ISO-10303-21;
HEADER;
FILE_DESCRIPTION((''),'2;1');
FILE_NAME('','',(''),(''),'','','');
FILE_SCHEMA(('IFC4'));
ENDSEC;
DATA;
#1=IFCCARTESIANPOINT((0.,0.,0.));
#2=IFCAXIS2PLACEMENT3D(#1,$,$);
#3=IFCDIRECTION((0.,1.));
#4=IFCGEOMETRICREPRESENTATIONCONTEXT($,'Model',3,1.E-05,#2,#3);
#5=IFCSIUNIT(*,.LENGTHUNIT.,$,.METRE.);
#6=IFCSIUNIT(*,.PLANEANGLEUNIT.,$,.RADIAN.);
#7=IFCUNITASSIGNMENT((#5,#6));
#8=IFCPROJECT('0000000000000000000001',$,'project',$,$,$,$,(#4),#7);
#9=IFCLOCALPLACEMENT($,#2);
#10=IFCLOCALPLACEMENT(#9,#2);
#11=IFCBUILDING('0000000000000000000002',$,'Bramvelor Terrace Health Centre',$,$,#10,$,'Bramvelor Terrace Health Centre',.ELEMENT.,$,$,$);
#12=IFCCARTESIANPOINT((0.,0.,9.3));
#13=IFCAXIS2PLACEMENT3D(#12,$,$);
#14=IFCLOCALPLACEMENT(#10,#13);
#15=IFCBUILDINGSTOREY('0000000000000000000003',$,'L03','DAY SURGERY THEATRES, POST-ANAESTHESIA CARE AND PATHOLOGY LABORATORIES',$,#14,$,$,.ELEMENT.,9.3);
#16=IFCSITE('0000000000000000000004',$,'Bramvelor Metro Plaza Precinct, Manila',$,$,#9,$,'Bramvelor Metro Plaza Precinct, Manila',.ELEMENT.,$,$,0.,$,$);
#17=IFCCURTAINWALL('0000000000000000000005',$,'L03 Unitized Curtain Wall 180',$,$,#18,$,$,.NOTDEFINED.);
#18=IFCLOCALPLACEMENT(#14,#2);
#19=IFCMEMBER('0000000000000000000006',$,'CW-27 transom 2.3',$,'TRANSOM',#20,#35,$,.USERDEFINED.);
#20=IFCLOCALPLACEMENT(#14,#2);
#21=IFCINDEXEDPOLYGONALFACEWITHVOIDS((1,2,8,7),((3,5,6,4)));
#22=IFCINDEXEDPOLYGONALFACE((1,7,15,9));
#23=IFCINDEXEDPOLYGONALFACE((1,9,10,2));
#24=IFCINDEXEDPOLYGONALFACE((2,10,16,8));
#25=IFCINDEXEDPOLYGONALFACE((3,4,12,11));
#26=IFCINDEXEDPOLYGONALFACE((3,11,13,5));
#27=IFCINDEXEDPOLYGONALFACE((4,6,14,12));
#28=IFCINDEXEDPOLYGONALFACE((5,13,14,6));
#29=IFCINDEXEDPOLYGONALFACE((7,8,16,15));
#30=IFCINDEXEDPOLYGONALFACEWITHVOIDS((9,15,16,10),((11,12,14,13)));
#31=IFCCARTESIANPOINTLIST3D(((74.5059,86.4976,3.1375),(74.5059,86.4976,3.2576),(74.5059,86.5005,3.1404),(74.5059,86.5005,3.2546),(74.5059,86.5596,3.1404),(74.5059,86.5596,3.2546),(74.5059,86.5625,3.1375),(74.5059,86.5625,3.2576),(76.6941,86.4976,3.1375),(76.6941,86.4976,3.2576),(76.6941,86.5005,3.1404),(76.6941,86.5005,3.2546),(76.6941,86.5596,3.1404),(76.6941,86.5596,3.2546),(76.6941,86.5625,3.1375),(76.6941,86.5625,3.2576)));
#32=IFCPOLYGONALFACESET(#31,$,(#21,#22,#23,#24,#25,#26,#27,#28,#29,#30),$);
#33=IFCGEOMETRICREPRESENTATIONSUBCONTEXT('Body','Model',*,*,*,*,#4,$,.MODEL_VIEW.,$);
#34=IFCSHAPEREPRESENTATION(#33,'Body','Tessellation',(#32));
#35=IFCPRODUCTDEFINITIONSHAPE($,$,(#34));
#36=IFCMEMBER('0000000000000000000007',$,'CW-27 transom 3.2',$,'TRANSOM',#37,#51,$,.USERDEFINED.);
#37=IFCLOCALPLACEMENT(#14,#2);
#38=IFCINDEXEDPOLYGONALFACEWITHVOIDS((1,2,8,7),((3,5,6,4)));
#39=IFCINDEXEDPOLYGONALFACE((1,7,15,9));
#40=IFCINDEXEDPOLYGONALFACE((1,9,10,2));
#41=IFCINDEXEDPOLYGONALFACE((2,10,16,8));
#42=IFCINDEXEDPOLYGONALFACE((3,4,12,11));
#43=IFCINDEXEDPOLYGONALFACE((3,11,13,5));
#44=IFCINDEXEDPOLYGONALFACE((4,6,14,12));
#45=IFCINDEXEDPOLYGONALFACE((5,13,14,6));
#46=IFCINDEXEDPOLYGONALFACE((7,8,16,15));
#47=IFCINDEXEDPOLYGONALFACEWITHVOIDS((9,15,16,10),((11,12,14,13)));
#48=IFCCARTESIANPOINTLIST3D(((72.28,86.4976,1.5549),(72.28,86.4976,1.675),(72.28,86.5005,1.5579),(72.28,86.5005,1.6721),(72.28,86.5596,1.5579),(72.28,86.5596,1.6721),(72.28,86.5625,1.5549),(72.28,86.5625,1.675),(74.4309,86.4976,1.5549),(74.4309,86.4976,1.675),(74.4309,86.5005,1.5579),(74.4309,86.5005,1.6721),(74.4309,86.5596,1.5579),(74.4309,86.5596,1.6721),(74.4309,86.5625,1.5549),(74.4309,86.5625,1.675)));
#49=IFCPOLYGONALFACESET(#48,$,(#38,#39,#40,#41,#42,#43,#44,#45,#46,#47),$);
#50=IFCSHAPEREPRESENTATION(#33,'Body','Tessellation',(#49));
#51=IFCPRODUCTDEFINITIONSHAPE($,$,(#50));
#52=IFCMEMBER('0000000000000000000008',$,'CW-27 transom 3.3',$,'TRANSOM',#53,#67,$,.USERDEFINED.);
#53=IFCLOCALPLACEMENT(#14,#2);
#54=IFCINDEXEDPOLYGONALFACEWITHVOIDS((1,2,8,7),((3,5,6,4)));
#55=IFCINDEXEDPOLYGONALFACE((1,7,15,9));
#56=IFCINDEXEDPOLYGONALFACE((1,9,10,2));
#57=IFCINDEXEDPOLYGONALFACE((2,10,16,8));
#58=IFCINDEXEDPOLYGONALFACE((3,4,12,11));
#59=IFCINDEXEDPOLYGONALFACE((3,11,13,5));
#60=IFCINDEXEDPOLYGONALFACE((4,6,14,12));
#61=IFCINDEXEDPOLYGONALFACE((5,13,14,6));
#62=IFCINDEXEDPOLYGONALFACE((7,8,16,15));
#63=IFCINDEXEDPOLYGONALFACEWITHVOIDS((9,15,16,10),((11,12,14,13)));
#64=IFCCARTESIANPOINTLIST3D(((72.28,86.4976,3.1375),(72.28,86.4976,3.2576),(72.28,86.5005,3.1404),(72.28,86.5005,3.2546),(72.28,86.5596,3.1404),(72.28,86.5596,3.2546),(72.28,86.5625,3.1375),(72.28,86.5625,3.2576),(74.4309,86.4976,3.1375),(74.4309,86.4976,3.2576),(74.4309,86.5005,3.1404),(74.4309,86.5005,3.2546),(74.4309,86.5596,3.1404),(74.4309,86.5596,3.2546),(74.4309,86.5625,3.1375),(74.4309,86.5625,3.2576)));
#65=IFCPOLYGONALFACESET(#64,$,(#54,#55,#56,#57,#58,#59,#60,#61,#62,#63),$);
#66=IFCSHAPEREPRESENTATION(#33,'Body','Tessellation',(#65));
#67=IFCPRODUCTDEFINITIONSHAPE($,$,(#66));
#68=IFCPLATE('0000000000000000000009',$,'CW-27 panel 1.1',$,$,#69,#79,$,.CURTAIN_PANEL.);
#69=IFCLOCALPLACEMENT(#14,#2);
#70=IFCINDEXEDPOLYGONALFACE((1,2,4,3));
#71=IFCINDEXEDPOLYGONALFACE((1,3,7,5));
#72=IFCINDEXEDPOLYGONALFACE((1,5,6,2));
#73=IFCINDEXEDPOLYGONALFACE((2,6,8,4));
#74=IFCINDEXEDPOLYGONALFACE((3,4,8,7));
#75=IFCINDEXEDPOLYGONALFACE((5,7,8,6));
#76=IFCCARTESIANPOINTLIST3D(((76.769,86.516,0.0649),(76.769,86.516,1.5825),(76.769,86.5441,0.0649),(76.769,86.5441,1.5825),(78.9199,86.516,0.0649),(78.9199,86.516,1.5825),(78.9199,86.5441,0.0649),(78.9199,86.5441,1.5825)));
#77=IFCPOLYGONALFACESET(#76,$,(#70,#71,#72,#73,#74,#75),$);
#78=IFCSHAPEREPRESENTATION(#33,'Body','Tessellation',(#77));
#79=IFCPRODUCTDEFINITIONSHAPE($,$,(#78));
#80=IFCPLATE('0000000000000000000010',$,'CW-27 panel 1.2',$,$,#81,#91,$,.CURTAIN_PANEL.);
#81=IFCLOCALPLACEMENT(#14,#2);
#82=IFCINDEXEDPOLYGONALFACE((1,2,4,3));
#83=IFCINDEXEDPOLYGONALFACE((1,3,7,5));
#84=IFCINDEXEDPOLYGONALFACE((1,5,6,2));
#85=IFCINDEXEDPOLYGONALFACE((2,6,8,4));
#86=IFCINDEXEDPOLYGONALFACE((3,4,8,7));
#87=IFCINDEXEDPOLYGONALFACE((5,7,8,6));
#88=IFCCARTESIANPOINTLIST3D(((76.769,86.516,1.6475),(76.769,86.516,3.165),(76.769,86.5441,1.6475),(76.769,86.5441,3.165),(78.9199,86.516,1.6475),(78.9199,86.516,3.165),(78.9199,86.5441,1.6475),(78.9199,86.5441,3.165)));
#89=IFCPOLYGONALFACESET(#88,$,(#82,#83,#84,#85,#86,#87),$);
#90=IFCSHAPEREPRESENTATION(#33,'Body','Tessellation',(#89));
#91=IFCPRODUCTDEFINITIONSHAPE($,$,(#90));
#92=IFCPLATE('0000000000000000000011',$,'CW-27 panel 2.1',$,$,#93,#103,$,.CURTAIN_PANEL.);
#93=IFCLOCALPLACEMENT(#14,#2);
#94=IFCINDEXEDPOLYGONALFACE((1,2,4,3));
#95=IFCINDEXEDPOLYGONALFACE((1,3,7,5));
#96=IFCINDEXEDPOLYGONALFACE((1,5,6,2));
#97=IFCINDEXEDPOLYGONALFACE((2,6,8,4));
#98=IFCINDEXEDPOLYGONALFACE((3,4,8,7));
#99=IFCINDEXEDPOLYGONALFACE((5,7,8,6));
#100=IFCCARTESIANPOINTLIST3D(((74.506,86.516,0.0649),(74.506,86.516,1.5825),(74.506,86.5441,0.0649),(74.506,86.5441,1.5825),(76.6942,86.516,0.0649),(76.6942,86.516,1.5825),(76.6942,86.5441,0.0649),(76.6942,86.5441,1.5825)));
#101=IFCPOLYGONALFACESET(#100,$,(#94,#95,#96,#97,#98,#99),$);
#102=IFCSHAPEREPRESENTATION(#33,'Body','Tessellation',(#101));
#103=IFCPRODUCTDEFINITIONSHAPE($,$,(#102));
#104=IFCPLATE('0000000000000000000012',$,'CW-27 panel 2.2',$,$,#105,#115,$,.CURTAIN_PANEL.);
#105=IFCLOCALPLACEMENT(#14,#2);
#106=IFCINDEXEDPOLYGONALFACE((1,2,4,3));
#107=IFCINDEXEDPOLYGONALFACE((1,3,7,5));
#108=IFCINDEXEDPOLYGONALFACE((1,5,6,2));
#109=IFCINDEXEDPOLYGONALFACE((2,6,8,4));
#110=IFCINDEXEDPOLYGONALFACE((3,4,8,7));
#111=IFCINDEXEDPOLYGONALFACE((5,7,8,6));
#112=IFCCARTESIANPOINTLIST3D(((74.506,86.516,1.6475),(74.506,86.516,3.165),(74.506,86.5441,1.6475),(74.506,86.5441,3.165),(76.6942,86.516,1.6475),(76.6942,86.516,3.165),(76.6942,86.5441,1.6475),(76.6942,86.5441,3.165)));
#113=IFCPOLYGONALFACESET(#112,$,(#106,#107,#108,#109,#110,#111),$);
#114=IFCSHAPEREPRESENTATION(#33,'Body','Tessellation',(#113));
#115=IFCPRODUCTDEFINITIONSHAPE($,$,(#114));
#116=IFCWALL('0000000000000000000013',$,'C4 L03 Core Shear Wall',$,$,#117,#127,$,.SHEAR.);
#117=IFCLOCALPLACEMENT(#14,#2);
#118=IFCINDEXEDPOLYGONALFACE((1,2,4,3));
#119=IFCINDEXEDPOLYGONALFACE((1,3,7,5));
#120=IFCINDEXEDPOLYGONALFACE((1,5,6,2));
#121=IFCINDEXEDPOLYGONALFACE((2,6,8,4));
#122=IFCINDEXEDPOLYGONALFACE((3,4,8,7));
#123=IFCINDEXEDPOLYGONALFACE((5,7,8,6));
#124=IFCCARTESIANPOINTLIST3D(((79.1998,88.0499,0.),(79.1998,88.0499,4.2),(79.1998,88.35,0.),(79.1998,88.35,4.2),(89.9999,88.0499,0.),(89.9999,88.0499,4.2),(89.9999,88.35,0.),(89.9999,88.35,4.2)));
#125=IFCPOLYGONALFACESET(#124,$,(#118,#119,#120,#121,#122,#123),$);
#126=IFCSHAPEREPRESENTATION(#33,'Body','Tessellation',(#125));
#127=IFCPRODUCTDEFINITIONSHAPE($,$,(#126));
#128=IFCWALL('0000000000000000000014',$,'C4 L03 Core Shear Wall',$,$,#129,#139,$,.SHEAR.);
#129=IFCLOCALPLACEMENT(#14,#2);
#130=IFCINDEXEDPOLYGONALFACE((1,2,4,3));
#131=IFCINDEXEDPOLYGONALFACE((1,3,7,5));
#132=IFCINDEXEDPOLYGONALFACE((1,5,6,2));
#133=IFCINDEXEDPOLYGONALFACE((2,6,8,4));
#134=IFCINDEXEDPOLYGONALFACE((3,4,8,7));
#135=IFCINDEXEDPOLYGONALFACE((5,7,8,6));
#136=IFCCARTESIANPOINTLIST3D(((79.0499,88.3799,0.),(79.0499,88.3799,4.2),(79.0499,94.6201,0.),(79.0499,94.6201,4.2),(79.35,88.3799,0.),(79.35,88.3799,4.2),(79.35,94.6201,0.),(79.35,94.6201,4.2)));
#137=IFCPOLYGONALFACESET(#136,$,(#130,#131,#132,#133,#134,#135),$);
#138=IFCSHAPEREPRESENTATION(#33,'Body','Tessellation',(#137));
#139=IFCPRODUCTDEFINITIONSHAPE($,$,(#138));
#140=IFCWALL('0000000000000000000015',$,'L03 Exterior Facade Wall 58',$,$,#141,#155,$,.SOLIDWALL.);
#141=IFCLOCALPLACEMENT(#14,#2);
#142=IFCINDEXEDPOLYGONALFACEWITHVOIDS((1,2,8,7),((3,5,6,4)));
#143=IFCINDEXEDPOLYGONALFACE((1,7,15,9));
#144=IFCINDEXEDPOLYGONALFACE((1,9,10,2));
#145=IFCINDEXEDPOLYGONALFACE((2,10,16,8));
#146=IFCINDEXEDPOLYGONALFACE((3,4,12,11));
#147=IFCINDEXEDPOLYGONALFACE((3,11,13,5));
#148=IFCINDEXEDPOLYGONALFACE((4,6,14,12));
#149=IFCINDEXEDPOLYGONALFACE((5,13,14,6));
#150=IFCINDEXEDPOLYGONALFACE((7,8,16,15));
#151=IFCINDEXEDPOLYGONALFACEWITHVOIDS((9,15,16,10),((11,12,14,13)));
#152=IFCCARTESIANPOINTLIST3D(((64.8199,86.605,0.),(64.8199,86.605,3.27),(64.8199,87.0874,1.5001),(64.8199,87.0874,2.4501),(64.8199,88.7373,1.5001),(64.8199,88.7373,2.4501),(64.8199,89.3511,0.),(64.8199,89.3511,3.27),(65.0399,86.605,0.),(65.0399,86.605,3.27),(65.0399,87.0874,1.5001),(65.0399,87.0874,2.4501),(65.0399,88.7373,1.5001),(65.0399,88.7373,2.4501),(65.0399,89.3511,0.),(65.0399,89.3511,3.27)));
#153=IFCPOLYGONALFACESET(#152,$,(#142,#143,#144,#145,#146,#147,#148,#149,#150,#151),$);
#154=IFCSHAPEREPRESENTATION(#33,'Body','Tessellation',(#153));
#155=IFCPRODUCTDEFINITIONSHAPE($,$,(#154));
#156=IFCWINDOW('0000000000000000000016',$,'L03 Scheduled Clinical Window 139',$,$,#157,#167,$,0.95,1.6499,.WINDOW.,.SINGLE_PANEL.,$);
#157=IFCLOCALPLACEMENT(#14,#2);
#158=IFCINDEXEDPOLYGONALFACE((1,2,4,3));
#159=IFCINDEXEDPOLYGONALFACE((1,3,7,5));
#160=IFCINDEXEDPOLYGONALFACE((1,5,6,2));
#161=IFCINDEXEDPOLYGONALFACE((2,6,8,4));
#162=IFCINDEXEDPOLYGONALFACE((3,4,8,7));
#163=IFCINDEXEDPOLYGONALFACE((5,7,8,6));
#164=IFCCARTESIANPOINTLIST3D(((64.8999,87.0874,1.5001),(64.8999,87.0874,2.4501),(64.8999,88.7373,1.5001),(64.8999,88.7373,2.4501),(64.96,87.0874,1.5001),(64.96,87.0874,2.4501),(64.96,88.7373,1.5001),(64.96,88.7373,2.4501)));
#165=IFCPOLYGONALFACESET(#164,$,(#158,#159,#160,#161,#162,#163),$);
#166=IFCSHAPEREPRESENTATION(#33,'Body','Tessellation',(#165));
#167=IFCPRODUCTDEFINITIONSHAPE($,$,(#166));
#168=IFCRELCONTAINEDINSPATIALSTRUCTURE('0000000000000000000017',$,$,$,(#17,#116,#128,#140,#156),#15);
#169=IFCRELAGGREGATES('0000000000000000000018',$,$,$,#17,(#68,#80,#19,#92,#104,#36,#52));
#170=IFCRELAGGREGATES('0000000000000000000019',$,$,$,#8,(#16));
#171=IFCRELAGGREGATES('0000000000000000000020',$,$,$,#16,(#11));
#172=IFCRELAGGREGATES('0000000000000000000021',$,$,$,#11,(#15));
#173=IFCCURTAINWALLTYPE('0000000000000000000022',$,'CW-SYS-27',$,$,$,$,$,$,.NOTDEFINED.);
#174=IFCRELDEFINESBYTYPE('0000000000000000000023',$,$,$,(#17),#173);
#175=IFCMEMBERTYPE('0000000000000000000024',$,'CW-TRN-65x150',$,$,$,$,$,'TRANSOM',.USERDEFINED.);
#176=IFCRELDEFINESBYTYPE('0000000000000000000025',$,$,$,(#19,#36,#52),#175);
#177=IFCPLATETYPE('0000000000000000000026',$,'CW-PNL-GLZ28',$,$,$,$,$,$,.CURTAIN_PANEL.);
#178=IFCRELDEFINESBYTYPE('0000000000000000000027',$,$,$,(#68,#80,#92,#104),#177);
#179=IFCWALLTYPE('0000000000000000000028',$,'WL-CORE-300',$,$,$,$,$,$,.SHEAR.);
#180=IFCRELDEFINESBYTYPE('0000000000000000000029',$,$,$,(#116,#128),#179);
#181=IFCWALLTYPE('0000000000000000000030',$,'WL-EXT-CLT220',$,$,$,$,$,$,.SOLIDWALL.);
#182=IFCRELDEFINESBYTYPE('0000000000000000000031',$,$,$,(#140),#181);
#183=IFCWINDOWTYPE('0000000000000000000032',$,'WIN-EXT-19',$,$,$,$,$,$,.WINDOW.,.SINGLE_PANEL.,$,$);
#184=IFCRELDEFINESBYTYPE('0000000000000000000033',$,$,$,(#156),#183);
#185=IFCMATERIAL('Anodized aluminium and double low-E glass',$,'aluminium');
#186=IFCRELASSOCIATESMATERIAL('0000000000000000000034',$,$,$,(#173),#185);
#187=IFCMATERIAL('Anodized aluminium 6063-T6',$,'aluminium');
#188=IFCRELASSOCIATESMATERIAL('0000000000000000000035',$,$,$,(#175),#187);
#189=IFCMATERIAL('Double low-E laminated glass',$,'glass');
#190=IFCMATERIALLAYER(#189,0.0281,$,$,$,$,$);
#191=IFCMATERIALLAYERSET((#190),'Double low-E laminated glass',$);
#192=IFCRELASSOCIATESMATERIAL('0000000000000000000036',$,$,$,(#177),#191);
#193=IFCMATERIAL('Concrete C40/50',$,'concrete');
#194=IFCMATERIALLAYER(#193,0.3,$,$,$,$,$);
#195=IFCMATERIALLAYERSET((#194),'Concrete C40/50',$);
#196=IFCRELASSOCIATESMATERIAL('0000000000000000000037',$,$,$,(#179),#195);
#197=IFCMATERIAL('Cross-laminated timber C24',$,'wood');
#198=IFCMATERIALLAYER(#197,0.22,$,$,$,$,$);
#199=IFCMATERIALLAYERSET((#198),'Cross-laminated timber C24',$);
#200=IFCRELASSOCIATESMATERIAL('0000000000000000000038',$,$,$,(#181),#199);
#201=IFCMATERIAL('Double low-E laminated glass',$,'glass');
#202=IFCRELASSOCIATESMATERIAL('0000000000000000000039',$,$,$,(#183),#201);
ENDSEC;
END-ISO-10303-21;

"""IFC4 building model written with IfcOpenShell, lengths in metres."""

from ifc_helpers import new_model, si_unit, direction, frame, frame_2d, origin, origin_2d, place, context, subcontext, project, spatial, rectangle, hollow_rectangle, extrude, material, layer, layer_set, material_profile, profile_set, type_object, element, fill, aggregate, save


model = new_model("IFC4")

# Units and contexts
model_context = context("Model", 3, precision=1e-05, world=origin(), true_north=direction((0.0, 1.0)))
body_context = subcontext(model_context, "Body", "Model", "MODEL_VIEW")
ifc_project = project(units=[si_unit("LENGTHUNIT", "METRE"), si_unit("PLANEANGLEUNIT", "RADIAN")], contexts=[model_context])

# Site, building, storey
site_placement = place(None, origin())
site = spatial("IfcSite", under=ifc_project, at=site_placement, Name="Bramvelor Metro Plaza Precinct, Manila", LongName="Bramvelor Metro Plaza Precinct, Manila", CompositionType="ELEMENT", RefElevation=0.0)
building_placement = place(site_placement, origin())
building = spatial("IfcBuilding", under=site, at=building_placement, Name="Bramvelor Terrace Health Centre", LongName="Bramvelor Terrace Health Centre", CompositionType="ELEMENT")
storey_placement = place(building_placement, frame((0.0, 0.0, 9.3)))
storey = spatial("IfcBuildingStorey", under=building, at=storey_placement, Name="L03", Description="DAY SURGERY THEATRES, POST-ANAESTHESIA CARE AND PATHOLOGY LABORATORIES", CompositionType="ELEMENT", Elevation=9.3)

# Curtain wall, members, plates
ifc_material_1 = material(Name="Anodized aluminium and double low-E glass", Category="aluminium")
curtain_wall_type = type_object("IfcCurtainWallType", Name="CW-SYS-27", PredefinedType="NOTDEFINED", material=ifc_material_1)
curtain_wall_placement = place(storey_placement, origin())
curtain_wall = element("IfcCurtainWall", 1, at=curtain_wall_placement, inside=storey, type_object=curtain_wall_type, Name="L03 Unitized Curtain Wall 180", PredefinedType="NOTDEFINED")
ifc_material_2 = material(Name="Anodized aluminium 6063-T6", Category="aluminium")
ifc_material_profile_1 = material_profile(ifc_material_2, hollow_rectangle(XDim=0.0649, YDim=0.1201, WallThickness=0.0029, at=origin_2d()), Name="ALU-TRN 65x120x3.0")
ifc_profile_set_1 = profile_set([ifc_material_profile_1], Name="Anodized aluminium 6063-T6")
member_type_1 = type_object("IfcMemberType", Name="CW-TRN-65x150", ElementType="TRANSOM", PredefinedType="USERDEFINED", material=ifc_profile_set_1)
member_1_placement = place(storey_placement, frame((76.6941, 86.53, 3.1975), z_axis=(-1.0, 0.0, 0.0), x_axis=(0.0, -1.0, 0.0)))
member_1 = element("IfcMember", 2, at=member_1_placement, type_object=member_type_1, Name="CW-27 transom 2.3", ObjectType="TRANSOM", PredefinedType="USERDEFINED", context=body_context, shape_type="SweptSolid", body=[
    extrude(hollow_rectangle(XDim=0.0649, YDim=0.1201, WallThickness=0.0029, at=origin_2d()), origin(), (0.0, 0.0, 1.0), 2.1882),
])
member_2_placement = place(storey_placement, frame((74.4309, 86.53, 1.615), z_axis=(-1.0, 0.0, 0.0), x_axis=(0.0, -1.0, 0.0)))
member_2 = element("IfcMember", 3, at=member_2_placement, type_object=member_type_1, Name="CW-27 transom 3.2", ObjectType="TRANSOM", PredefinedType="USERDEFINED", context=body_context, shape_type="SweptSolid", body=[
    extrude(hollow_rectangle(XDim=0.0649, YDim=0.1201, WallThickness=0.0029, at=origin_2d()), origin(), (0.0, 0.0, 1.0), 2.1509),
])
member_3_placement = place(storey_placement, frame((74.4309, 86.53, 3.1975), z_axis=(-1.0, 0.0, 0.0), x_axis=(0.0, -1.0, 0.0)))
member_3 = element("IfcMember", 4, at=member_3_placement, type_object=member_type_1, Name="CW-27 transom 3.3", ObjectType="TRANSOM", PredefinedType="USERDEFINED", context=body_context, shape_type="SweptSolid", body=[
    extrude(hollow_rectangle(XDim=0.0649, YDim=0.1201, WallThickness=0.0029, at=origin_2d()), origin(), (0.0, 0.0, 1.0), 2.1509),
])
ifc_material_3 = material(Name="Double low-E laminated glass", Category="glass")
ifc_layer_1 = layer(ifc_material_3, 0.0281)
ifc_layer_set_1 = layer_set([ifc_layer_1], Name="Double low-E laminated glass")
plate_type = type_object("IfcPlateType", Name="CW-PNL-GLZ28", PredefinedType="CURTAIN_PANEL", material=ifc_layer_set_1)
plate_1_placement = place(storey_placement, frame((77.8445, 86.53, 0.0649), z_axis=(0.0, 0.0, 1.0), x_axis=(-1.0, 0.0, 0.0)))
plate_1 = element("IfcPlate", 5, at=plate_1_placement, type_object=plate_type, Name="CW-27 panel 1.1", PredefinedType="CURTAIN_PANEL", context=body_context, shape_type="SweptSolid", body=[
    extrude(rectangle(XDim=2.1509, YDim=0.0281, at=origin_2d()), origin(), (0.0, 0.0, 1.0), 1.5176),
])
plate_2_placement = place(storey_placement, frame((77.8445, 86.53, 1.6475), z_axis=(0.0, 0.0, 1.0), x_axis=(-1.0, 0.0, 0.0)))
plate_2 = element("IfcPlate", 6, at=plate_2_placement, type_object=plate_type, Name="CW-27 panel 1.2", PredefinedType="CURTAIN_PANEL", context=body_context, shape_type="SweptSolid", body=[
    extrude(rectangle(XDim=2.1509, YDim=0.0281, at=origin_2d()), origin(), (0.0, 0.0, 1.0), 1.5176),
])
plate_3_placement = place(storey_placement, frame((75.6001, 86.53, 0.0649), z_axis=(0.0, 0.0, 1.0), x_axis=(-1.0, 0.0, 0.0)))
plate_3 = element("IfcPlate", 7, at=plate_3_placement, type_object=plate_type, Name="CW-27 panel 2.1", PredefinedType="CURTAIN_PANEL", context=body_context, shape_type="SweptSolid", body=[
    extrude(rectangle(XDim=2.1882, YDim=0.0281, at=origin_2d()), origin(), (0.0, 0.0, 1.0), 1.5176),
])
plate_4_placement = place(storey_placement, frame((75.6001, 86.53, 1.6475), z_axis=(0.0, 0.0, 1.0), x_axis=(-1.0, 0.0, 0.0)))
plate_4 = element("IfcPlate", 8, at=plate_4_placement, type_object=plate_type, Name="CW-27 panel 2.2", PredefinedType="CURTAIN_PANEL", context=body_context, shape_type="SweptSolid", body=[
    extrude(rectangle(XDim=2.1882, YDim=0.0281, at=origin_2d()), origin(), (0.0, 0.0, 1.0), 1.5176),
])
aggregate(curtain_wall, [plate_1, plate_2, member_1, plate_3, plate_4, member_2, member_3])

# Walls
ifc_material_4 = material(Name="Concrete C40/50", Category="concrete")
ifc_layer_2 = layer(ifc_material_4, 0.3)
ifc_layer_set_2 = layer_set([ifc_layer_2], Name="Concrete C40/50")
wall_type_1 = type_object("IfcWallType", Name="WL-CORE-300", PredefinedType="SHEAR", material=ifc_layer_set_2)
wall_1_placement = place(storey_placement, frame((79.2, 88.2, 0.0), z_axis=(0.0, 0.0, 1.0), x_axis=(1.0, 0.0, 0.0)))
element("IfcWall", 9, at=wall_1_placement, inside=storey, type_object=wall_type_1, Name="C4 L03 Core Shear Wall", PredefinedType="SHEAR", context=body_context, shape_type="SweptSolid", body=[
    extrude(rectangle(XDim=10.8, YDim=0.3, at=frame_2d((5.3999, 0.0))), origin(), (0.0, 0.0, 1.0), 4.2),
])
wall_2_placement = place(storey_placement, frame((79.2, 88.3799, 0.0), z_axis=(0.0, 0.0, 1.0), x_axis=(0.0, 1.0, 0.0)))
element("IfcWall", 10, at=wall_2_placement, inside=storey, type_object=wall_type_1, Name="C4 L03 Core Shear Wall", PredefinedType="SHEAR", context=body_context, shape_type="SweptSolid", body=[
    extrude(rectangle(XDim=6.2402, YDim=0.3, at=frame_2d((3.1201, 0.0))), origin(), (0.0, 0.0, 1.0), 4.2),
])

# Wall, opening, window
ifc_material_5 = material(Name="Cross-laminated timber C24", Category="wood")
ifc_layer_3 = layer(ifc_material_5, 0.22)
ifc_layer_set_3 = layer_set([ifc_layer_3], Name="Cross-laminated timber C24")
wall_type_2 = type_object("IfcWallType", Name="WL-EXT-CLT220", PredefinedType="SOLIDWALL", material=ifc_layer_set_3)
wall_3_placement = place(storey_placement, frame((64.9299, 86.605, 0.0), z_axis=(0.0, 0.0, 1.0), x_axis=(0.0, 1.0, 0.0)))
wall_3 = element("IfcWall", 11, at=wall_3_placement, inside=storey, type_object=wall_type_2, Name="L03 Exterior Facade Wall 58", PredefinedType="SOLIDWALL", context=body_context, shape_type="SweptSolid", body=[
    extrude(rectangle(XDim=2.7461, YDim=0.22, at=frame_2d((1.373, 0.0))), origin(), (0.0, 0.0, 1.0), 3.27),
])
opening_placement = place(wall_3_placement, frame((0.4824, 0.0, 1.5)))
opening = element("IfcOpeningElement", 12, at=opening_placement, cuts=wall_3, PredefinedType="OPENING", context=body_context, shape_type="SweptSolid", body=[
    extrude(rectangle(XDim=1.6499, YDim=0.95, at=frame_2d((0.825, 0.4751))), frame((0.0, 0.1199, 0.0), z_axis=(0.0, -1.0, 0.0), x_axis=(1.0, 0.0, 0.0)), (0.0, 0.0, 1.0), 0.24),
])
ifc_material_6 = material(Name="Double low-E laminated glass", Category="glass")
window_type = type_object("IfcWindowType", Name="WIN-EXT-19", PartitioningType="SINGLE_PANEL", PredefinedType="WINDOW", material=ifc_material_6)
window_placement = place(opening_placement, origin())
window = element("IfcWindow", 13, at=window_placement, inside=storey, type_object=window_type, Name="L03 Scheduled Clinical Window 139", OverallHeight=0.95, OverallWidth=1.6499, PartitioningType="SINGLE_PANEL", PredefinedType="WINDOW", context=body_context, shape_type="SweptSolid", body=[
    extrude(rectangle(XDim=1.6499, YDim=0.95, at=frame_2d((0.825, 0.4751))), frame((0.0, 0.03, 0.0), z_axis=(0.0, -1.0, 0.0), x_axis=(1.0, 0.0, 0.0)), (0.0, 0.0, 1.0), 0.0601),
])
fill(opening, window)

save(model, "model.ifc")
